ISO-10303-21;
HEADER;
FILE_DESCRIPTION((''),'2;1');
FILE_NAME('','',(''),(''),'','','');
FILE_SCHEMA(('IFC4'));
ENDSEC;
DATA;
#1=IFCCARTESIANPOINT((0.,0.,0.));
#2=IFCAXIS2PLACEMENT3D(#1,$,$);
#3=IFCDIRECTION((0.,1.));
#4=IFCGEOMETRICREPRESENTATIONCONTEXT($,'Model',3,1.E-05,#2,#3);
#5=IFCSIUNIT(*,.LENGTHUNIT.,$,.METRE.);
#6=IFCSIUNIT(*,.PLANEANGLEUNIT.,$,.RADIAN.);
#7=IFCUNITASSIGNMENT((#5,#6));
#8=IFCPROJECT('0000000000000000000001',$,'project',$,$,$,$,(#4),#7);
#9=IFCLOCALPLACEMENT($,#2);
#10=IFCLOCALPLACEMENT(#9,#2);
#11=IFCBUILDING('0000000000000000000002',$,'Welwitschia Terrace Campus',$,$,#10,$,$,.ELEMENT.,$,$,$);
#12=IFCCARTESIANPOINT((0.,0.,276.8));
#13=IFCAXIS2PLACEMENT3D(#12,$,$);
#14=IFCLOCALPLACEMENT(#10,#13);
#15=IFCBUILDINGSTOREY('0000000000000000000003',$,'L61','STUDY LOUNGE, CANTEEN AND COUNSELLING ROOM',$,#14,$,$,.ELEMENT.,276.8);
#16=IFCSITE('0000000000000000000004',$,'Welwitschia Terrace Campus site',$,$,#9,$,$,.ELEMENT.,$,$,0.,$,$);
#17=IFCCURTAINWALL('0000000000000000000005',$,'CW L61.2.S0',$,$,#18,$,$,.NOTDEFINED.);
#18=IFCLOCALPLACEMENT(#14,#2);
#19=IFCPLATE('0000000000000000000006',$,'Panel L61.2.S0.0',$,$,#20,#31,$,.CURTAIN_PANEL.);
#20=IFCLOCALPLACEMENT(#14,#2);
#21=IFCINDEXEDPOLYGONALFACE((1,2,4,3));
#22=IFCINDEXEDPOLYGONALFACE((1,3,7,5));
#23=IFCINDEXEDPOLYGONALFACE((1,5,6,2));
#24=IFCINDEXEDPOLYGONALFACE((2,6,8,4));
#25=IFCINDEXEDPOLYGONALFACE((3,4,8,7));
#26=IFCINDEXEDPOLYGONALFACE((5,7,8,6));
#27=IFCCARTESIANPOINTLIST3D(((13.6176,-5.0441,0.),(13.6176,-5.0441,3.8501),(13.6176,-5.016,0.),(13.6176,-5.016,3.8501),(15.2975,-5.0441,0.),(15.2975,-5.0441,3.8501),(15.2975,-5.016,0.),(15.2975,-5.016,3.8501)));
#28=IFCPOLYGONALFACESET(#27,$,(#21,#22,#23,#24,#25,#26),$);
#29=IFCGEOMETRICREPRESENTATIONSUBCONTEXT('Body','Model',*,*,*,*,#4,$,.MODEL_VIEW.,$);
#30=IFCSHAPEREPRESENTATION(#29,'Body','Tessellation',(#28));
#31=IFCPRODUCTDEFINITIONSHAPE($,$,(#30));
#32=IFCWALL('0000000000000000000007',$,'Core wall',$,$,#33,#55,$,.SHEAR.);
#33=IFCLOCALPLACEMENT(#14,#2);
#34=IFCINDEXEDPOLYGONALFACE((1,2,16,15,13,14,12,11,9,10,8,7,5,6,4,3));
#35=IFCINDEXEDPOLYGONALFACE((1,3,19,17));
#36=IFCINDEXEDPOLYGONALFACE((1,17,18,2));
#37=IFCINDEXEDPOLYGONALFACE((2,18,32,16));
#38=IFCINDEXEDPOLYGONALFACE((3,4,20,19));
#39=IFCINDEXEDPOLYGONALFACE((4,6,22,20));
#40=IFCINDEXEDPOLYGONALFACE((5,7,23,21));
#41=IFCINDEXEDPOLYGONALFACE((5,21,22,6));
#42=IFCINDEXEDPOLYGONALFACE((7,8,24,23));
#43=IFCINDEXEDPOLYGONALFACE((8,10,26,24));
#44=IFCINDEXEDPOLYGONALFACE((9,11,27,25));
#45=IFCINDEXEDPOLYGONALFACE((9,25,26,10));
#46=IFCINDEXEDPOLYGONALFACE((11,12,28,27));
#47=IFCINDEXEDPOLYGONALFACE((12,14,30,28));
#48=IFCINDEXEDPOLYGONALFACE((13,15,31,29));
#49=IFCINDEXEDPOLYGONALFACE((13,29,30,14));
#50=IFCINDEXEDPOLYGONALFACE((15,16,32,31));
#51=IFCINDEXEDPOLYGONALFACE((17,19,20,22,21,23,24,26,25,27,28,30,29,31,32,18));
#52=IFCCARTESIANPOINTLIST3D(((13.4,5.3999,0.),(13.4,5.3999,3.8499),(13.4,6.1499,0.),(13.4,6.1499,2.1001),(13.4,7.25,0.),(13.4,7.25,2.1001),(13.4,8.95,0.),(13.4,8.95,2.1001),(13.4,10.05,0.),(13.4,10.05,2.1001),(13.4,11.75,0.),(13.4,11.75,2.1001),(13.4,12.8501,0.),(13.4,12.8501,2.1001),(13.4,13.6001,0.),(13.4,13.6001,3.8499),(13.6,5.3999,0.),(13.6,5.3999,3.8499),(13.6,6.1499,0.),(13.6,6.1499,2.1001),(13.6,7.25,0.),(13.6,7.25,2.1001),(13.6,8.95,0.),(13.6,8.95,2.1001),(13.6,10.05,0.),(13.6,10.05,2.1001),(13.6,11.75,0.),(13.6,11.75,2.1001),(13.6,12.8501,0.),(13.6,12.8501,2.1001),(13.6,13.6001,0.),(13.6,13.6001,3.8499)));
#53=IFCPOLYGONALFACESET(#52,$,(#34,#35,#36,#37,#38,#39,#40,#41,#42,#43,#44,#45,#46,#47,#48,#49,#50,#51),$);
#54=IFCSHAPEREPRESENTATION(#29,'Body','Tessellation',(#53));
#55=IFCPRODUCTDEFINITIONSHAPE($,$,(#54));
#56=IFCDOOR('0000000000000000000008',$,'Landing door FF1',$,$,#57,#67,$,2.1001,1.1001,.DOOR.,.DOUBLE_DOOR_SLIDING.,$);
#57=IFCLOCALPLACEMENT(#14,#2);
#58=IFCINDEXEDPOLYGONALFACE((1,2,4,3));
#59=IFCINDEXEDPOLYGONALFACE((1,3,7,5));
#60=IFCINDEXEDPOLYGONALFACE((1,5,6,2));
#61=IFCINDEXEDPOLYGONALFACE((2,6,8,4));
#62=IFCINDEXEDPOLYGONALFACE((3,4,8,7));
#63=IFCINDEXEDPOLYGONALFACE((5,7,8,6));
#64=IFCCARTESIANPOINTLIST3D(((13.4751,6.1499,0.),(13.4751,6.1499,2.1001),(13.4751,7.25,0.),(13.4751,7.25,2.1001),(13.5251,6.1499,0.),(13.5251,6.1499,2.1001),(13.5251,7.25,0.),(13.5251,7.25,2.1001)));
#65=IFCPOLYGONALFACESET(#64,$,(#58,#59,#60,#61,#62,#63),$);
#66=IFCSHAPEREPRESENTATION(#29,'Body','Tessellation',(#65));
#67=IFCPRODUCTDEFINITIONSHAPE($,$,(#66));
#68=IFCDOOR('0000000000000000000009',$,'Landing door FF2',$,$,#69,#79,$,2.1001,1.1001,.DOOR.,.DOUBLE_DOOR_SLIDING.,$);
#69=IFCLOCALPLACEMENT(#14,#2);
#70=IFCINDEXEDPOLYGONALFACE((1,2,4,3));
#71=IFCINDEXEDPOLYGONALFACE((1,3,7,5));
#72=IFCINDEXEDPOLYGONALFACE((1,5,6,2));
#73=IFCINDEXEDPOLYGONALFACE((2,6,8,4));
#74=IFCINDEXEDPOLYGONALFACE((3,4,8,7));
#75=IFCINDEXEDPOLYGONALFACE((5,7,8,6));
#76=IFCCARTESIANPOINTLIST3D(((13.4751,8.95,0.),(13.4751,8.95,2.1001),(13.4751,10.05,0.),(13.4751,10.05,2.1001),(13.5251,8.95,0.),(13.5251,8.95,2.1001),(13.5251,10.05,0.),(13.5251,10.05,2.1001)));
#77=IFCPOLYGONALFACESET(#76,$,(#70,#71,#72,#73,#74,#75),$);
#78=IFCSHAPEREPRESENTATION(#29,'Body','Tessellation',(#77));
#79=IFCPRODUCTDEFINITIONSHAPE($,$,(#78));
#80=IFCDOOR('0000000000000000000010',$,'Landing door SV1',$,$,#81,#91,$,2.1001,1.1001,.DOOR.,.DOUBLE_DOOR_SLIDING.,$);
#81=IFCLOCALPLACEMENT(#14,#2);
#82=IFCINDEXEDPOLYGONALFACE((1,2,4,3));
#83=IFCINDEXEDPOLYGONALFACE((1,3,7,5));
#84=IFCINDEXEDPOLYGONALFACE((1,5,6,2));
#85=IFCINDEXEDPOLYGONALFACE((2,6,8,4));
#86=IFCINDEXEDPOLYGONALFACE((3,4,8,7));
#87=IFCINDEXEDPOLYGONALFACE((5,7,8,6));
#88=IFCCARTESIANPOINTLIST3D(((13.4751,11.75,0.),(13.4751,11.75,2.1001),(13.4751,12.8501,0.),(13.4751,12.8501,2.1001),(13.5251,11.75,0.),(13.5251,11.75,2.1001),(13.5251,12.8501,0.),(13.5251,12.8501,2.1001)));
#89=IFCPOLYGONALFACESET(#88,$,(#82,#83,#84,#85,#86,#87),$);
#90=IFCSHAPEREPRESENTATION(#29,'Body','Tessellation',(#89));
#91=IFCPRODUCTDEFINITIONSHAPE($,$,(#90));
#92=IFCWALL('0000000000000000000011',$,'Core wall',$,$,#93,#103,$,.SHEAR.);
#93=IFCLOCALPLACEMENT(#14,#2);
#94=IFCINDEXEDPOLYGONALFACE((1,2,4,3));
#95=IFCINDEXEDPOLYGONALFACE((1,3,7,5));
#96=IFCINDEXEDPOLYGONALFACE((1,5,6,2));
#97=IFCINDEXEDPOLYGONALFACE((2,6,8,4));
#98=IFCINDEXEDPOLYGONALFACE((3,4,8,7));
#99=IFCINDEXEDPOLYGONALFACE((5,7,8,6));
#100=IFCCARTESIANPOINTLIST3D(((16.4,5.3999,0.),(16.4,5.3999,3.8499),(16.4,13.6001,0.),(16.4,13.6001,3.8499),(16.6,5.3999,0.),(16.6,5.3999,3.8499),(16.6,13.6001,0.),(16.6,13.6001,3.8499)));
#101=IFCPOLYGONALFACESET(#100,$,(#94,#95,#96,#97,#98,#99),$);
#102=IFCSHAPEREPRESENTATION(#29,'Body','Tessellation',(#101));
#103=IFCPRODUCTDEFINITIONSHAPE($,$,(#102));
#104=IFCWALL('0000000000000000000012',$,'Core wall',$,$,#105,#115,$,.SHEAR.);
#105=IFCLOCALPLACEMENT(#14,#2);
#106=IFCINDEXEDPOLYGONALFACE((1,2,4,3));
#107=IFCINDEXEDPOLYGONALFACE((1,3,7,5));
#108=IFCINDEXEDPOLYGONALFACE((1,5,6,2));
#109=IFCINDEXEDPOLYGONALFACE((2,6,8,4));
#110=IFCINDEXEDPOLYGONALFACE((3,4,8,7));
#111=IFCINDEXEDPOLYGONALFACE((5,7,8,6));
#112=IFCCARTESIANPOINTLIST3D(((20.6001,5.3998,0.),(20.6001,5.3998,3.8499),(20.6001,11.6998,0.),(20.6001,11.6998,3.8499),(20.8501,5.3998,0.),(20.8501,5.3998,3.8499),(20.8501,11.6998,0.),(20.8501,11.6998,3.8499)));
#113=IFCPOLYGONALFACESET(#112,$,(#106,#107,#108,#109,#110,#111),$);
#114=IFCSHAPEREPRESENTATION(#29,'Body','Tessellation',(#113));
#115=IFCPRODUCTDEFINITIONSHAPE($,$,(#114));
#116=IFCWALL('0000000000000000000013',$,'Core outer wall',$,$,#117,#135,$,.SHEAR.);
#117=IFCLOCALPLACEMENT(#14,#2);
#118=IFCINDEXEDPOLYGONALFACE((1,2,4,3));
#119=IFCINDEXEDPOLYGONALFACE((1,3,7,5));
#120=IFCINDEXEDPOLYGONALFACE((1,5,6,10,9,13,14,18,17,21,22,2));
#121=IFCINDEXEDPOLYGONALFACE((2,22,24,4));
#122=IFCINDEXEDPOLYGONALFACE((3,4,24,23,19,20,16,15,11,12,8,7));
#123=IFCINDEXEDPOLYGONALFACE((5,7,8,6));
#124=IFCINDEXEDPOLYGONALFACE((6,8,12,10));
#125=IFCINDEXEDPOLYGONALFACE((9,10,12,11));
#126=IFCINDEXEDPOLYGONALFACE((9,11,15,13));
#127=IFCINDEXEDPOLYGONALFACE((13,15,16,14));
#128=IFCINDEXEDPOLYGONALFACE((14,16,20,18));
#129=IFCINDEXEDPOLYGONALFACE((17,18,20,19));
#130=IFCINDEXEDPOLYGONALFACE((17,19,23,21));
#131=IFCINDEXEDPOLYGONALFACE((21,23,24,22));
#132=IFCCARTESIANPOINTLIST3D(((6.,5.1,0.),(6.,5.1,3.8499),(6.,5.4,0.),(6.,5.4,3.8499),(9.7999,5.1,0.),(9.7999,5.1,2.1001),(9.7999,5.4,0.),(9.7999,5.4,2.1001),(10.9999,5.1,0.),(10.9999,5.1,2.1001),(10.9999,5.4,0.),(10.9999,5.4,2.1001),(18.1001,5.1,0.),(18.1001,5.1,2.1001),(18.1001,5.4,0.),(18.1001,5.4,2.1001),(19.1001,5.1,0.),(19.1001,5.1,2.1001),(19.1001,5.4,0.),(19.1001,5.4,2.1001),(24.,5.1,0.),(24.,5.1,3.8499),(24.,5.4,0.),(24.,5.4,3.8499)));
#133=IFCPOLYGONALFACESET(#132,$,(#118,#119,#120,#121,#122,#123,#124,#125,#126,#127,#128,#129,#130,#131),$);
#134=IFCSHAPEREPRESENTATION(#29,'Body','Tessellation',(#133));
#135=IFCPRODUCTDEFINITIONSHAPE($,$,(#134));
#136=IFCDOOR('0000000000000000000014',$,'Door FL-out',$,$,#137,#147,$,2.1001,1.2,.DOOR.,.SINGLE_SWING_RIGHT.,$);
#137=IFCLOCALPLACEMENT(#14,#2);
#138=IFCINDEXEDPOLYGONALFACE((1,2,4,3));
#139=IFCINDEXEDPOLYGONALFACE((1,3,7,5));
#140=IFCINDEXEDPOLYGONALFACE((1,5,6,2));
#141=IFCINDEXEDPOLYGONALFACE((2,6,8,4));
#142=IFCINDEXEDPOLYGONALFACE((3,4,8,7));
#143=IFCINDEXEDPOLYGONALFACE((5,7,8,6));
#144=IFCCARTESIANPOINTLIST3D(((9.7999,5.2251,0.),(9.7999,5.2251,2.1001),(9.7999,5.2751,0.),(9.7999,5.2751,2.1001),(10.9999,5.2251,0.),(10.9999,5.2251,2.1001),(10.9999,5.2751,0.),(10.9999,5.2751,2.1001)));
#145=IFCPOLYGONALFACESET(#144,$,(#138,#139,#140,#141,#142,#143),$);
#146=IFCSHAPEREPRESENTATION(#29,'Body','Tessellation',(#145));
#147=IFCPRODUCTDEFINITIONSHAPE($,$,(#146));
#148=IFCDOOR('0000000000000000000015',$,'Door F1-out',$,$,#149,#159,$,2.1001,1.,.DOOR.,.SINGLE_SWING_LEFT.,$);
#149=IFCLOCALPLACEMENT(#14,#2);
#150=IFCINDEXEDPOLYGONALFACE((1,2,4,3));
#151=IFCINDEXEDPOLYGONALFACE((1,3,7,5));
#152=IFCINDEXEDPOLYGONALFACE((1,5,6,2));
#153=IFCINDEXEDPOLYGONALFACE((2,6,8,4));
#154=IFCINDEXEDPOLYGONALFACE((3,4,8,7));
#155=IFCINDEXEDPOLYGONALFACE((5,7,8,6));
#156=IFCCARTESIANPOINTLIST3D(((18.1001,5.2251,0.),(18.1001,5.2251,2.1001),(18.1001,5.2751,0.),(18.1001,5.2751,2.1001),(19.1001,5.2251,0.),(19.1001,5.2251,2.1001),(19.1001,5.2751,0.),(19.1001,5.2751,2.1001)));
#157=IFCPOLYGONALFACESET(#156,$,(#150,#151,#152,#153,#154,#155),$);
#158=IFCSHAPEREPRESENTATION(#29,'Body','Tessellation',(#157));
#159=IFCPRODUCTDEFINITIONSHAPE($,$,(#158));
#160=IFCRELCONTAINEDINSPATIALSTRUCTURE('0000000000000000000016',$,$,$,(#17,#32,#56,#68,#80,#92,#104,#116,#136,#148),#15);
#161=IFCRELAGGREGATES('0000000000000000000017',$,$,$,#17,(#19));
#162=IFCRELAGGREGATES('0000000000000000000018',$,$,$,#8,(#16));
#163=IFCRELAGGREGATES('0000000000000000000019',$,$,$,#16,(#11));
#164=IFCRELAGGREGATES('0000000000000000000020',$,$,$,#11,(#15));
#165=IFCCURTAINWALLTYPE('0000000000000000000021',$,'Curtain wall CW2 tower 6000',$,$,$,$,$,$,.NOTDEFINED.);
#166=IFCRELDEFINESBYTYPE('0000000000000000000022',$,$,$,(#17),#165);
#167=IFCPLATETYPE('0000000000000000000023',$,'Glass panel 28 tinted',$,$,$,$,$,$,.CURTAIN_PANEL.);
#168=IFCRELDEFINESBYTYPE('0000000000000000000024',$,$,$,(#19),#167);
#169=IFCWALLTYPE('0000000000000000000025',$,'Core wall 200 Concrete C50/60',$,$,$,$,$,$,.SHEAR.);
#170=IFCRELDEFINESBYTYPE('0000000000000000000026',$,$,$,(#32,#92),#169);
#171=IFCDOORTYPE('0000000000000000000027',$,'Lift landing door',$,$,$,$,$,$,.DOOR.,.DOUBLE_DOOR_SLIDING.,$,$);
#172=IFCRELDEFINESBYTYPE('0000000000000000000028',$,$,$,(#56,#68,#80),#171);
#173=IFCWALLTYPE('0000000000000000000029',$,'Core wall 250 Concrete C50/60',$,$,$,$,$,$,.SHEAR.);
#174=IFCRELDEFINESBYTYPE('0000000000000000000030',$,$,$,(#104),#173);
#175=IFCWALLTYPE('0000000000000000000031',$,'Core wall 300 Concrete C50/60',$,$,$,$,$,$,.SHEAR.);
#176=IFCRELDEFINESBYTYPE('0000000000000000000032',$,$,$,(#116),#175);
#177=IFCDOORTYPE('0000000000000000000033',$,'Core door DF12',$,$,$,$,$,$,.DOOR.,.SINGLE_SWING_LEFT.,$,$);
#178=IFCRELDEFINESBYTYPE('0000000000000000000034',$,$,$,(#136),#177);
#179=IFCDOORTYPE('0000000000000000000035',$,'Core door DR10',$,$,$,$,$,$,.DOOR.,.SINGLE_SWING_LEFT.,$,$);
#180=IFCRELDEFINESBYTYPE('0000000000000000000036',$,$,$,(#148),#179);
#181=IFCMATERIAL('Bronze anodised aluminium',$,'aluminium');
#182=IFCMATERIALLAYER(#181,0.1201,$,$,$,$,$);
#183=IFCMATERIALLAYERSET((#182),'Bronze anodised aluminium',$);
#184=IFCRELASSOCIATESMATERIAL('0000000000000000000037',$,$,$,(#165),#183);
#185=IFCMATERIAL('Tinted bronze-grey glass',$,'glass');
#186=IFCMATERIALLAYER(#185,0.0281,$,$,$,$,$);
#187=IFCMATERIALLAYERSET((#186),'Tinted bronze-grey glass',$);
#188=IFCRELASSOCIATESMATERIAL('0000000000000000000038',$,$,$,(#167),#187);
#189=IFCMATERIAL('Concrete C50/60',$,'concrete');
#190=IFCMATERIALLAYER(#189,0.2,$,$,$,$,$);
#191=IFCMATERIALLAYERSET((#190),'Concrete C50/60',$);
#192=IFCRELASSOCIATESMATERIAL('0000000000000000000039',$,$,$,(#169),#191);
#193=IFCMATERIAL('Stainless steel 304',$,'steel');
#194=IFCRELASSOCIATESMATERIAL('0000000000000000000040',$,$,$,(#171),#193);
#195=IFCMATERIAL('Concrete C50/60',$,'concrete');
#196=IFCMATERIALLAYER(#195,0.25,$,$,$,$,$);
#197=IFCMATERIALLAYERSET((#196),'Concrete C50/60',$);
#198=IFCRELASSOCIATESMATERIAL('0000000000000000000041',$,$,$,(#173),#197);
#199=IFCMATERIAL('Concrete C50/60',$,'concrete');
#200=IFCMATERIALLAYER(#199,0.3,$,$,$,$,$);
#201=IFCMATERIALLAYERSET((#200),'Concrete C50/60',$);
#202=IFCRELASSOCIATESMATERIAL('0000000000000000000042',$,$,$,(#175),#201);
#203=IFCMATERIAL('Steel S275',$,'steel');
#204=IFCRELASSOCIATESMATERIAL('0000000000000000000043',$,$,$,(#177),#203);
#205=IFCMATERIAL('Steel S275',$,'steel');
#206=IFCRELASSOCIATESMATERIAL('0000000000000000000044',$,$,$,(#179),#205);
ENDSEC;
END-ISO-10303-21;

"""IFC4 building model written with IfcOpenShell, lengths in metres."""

from ifc_helpers import new_model, si_unit, direction, frame, frame_2d, origin, origin_2d, place, context, subcontext, project, spatial, rectangle, extrude, material, layer, layer_set, type_object, element, fill, aggregate, save


model = new_model("IFC4")

# Units and contexts
model_context = context("Model", 3, precision=1e-05, world=origin(), true_north=direction((0.0, 1.0)))
body_context = subcontext(model_context, "Body", "Model", "MODEL_VIEW")
ifc_project = project(units=[si_unit("LENGTHUNIT", "METRE"), si_unit("PLANEANGLEUNIT", "RADIAN")], contexts=[model_context])

# Site, building, storey
site_placement = place(None, origin())
site = spatial("IfcSite", under=ifc_project, at=site_placement, Name="Welwitschia Terrace Campus site", CompositionType="ELEMENT", RefElevation=0.0)
building_placement = place(site_placement, origin())
building = spatial("IfcBuilding", under=site, at=building_placement, Name="Welwitschia Terrace Campus", CompositionType="ELEMENT")
storey_placement = place(building_placement, frame((0.0, 0.0, 276.8)))
storey = spatial("IfcBuildingStorey", under=building, at=storey_placement, Name="L61", Description="STUDY LOUNGE, CANTEEN AND COUNSELLING ROOM", CompositionType="ELEMENT", Elevation=276.8)

# Curtain wall
ifc_material_1 = material(Name="Bronze anodised aluminium", Category="aluminium")
ifc_layer_1 = layer(ifc_material_1, 0.1201)
ifc_layer_set_1 = layer_set([ifc_layer_1], Name="Bronze anodised aluminium")
curtain_wall_type = type_object("IfcCurtainWallType", Name="Curtain wall CW2 tower 6000", PredefinedType="NOTDEFINED", material=ifc_layer_set_1)
curtain_wall_placement = place(storey_placement, origin())
curtain_wall = element("IfcCurtainWall", 1, at=curtain_wall_placement, inside=storey, type_object=curtain_wall_type, Name="CW L61.2.S0", PredefinedType="NOTDEFINED")

# Plate
ifc_material_2 = material(Name="Tinted bronze-grey glass", Category="glass")
ifc_layer_2 = layer(ifc_material_2, 0.0281)
ifc_layer_set_2 = layer_set([ifc_layer_2], Name="Tinted bronze-grey glass")
plate_type = type_object("IfcPlateType", Name="Glass panel 28 tinted", PredefinedType="CURTAIN_PANEL", material=ifc_layer_set_2)
plate_placement = place(storey_placement, frame((14.4575, -5.03, 0.0), z_axis=(0.0, 0.0, 1.0), x_axis=(1.0, 0.0, 0.0)))
plate = element("IfcPlate", 2, at=plate_placement, type_object=plate_type, Name="Panel L61.2.S0.0", PredefinedType="CURTAIN_PANEL", context=body_context, shape_type="SweptSolid", body=[
    extrude(rectangle(XDim=1.6799, YDim=0.0281, at=origin_2d()), origin(), (0.0, 0.0, 1.0), 3.8501),
])
aggregate(curtain_wall, [plate])

# Wall, openings, doors
ifc_material_3 = material(Name="Concrete C50/60", Category="concrete")
ifc_layer_3 = layer(ifc_material_3, 0.2)
ifc_layer_set_3 = layer_set([ifc_layer_3], Name="Concrete C50/60")
wall_type_1 = type_object("IfcWallType", Name="Core wall 200 Concrete C50/60", PredefinedType="SHEAR", material=ifc_layer_set_3)
wall_1_placement = place(storey_placement, frame((13.5, 5.3999, 0.0), z_axis=(0.0, 0.0, 1.0), x_axis=(0.0, 1.0, 0.0)))
wall_1 = element("IfcWall", 3, at=wall_1_placement, inside=storey, type_object=wall_type_1, Name="Core wall", PredefinedType="SHEAR", context=body_context, shape_type="SweptSolid", body=[
    extrude(rectangle(XDim=8.2002, YDim=0.2, at=frame_2d((4.1001, 0.0))), origin(), (0.0, 0.0, 1.0), 3.8499),
])
opening_1_placement = place(wall_1_placement, frame((0.75, 0.0, 0.0)))
opening_1 = element("IfcOpeningElement", 4, at=opening_1_placement, cuts=wall_1, PredefinedType="OPENING", context=body_context, shape_type="SweptSolid", body=[
    extrude(rectangle(XDim=1.1001, YDim=2.1001, at=frame_2d((0.55, 1.05))), frame((0.0, 0.1099, 0.0), z_axis=(0.0, -1.0, 0.0), x_axis=(1.0, 0.0, 0.0)), (0.0, 0.0, 1.0), 0.22),
])
opening_2_placement = place(wall_1_placement, frame((3.55, 0.0, 0.0)))
opening_2 = element("IfcOpeningElement", 5, at=opening_2_placement, cuts=wall_1, PredefinedType="OPENING", context=body_context, shape_type="SweptSolid", body=[
    extrude(rectangle(XDim=1.1001, YDim=2.1001, at=frame_2d((0.55, 1.05))), frame((0.0, 0.1099, 0.0), z_axis=(0.0, -1.0, 0.0), x_axis=(1.0, 0.0, 0.0)), (0.0, 0.0, 1.0), 0.22),
])
opening_3_placement = place(wall_1_placement, frame((6.3501, 0.0, 0.0)))
opening_3 = element("IfcOpeningElement", 6, at=opening_3_placement, cuts=wall_1, PredefinedType="OPENING", context=body_context, shape_type="SweptSolid", body=[
    extrude(rectangle(XDim=1.1001, YDim=2.1001, at=frame_2d((0.55, 1.05))), frame((0.0, 0.1099, 0.0), z_axis=(0.0, -1.0, 0.0), x_axis=(1.0, 0.0, 0.0)), (0.0, 0.0, 1.0), 0.22),
])
ifc_material_4 = material(Name="Stainless steel 304", Category="steel")
door_type_1 = type_object("IfcDoorType", Name="Lift landing door", OperationType="DOUBLE_DOOR_SLIDING", PredefinedType="DOOR", material=ifc_material_4)
door_1_placement = place(opening_1_placement, origin())
door_1 = element("IfcDoor", 7, at=door_1_placement, inside=storey, type_object=door_type_1, Name="Landing door FF1", OperationType="DOUBLE_DOOR_SLIDING", OverallHeight=2.1001, OverallWidth=1.1001, PredefinedType="DOOR", context=body_context, shape_type="SweptSolid", body=[
    extrude(rectangle(XDim=1.1001, YDim=2.1001, at=frame_2d((0.55, 1.05))), frame((0.0, 0.0249, 0.0), z_axis=(0.0, -1.0, 0.0), x_axis=(1.0, 0.0, 0.0)), (0.0, 0.0, 1.0), 0.05),
])
fill(opening_1, door_1)
door_2_placement = place(opening_2_placement, origin())
door_2 = element("IfcDoor", 8, at=door_2_placement, inside=storey, type_object=door_type_1, Name="Landing door FF2", OperationType="DOUBLE_DOOR_SLIDING", OverallHeight=2.1001, OverallWidth=1.1001, PredefinedType="DOOR", context=body_context, shape_type="SweptSolid", body=[
    extrude(rectangle(XDim=1.1001, YDim=2.1001, at=frame_2d((0.55, 1.05))), frame((0.0, 0.0249, 0.0), z_axis=(0.0, -1.0, 0.0), x_axis=(1.0, 0.0, 0.0)), (0.0, 0.0, 1.0), 0.05),
])
fill(opening_2, door_2)
door_3_placement = place(opening_3_placement, origin())
door_3 = element("IfcDoor", 9, at=door_3_placement, inside=storey, type_object=door_type_1, Name="Landing door SV1", OperationType="DOUBLE_DOOR_SLIDING", OverallHeight=2.1001, OverallWidth=1.1001, PredefinedType="DOOR", context=body_context, shape_type="SweptSolid", body=[
    extrude(rectangle(XDim=1.1001, YDim=2.1001, at=frame_2d((0.55, 1.05))), frame((0.0, 0.0249, 0.0), z_axis=(0.0, -1.0, 0.0), x_axis=(1.0, 0.0, 0.0)), (0.0, 0.0, 1.0), 0.05),
])
fill(opening_3, door_3)

# Walls
wall_2_placement = place(storey_placement, frame((16.5, 5.3999, 0.0), z_axis=(0.0, 0.0, 1.0), x_axis=(0.0, 1.0, 0.0)))
element("IfcWall", 10, at=wall_2_placement, inside=storey, type_object=wall_type_1, Name="Core wall", PredefinedType="SHEAR", context=body_context, shape_type="SweptSolid", body=[
    extrude(rectangle(XDim=8.2002, YDim=0.2, at=frame_2d((4.1001, 0.0))), origin(), (0.0, 0.0, 1.0), 3.8499),
])
ifc_material_5 = material(Name="Concrete C50/60", Category="concrete")
ifc_layer_4 = layer(ifc_material_5, 0.25)
ifc_layer_set_4 = layer_set([ifc_layer_4], Name="Concrete C50/60")
wall_type_2 = type_object("IfcWallType", Name="Core wall 250 Concrete C50/60", PredefinedType="SHEAR", material=ifc_layer_set_4)
wall_3_placement = place(storey_placement, frame((20.7251, 5.3999, 0.0), z_axis=(0.0, 0.0, 1.0), x_axis=(0.0, 1.0, 0.0)))
element("IfcWall", 11, at=wall_3_placement, inside=storey, type_object=wall_type_2, Name="Core wall", PredefinedType="SHEAR", context=body_context, shape_type="SweptSolid", body=[
    extrude(rectangle(XDim=6.3, YDim=0.25, at=frame_2d((3.1499, 0.0))), origin(), (0.0, 0.0, 1.0), 3.8499),
])

# Wall, openings, doors
ifc_material_6 = material(Name="Concrete C50/60", Category="concrete")
ifc_layer_5 = layer(ifc_material_6, 0.3)
ifc_layer_set_5 = layer_set([ifc_layer_5], Name="Concrete C50/60")
wall_type_3 = type_object("IfcWallType", Name="Core wall 300 Concrete C50/60", PredefinedType="SHEAR", material=ifc_layer_set_5)
wall_4_placement = place(storey_placement, frame((24.0, 5.25, 0.0), z_axis=(0.0, 0.0, 1.0), x_axis=(-1.0, 0.0, 0.0)))
wall_4 = element("IfcWall", 12, at=wall_4_placement, inside=storey, type_object=wall_type_3, Name="Core outer wall", PredefinedType="SHEAR", context=body_context, shape_type="SweptSolid", body=[
    extrude(rectangle(XDim=18.0, YDim=0.3, at=frame_2d((9.0, 0.0))), origin(), (0.0, 0.0, 1.0), 3.8499),
])
opening_4_placement = place(wall_4_placement, frame((13.0, 0.0, 0.0)))
opening_4 = element("IfcOpeningElement", 13, at=opening_4_placement, cuts=wall_4, PredefinedType="OPENING", context=body_context, shape_type="SweptSolid", body=[
    extrude(rectangle(XDim=1.2, YDim=2.1001, at=frame_2d((0.6001, 1.05))), frame((0.0, 0.1599, 0.0), z_axis=(0.0, -1.0, 0.0), x_axis=(1.0, 0.0, 0.0)), (0.0, 0.0, 1.0), 0.3201),
])
opening_5_placement = place(wall_4_placement, frame((4.8999, 0.0, 0.0)))
opening_5 = element("IfcOpeningElement", 14, at=opening_5_placement, cuts=wall_4, PredefinedType="OPENING", context=body_context, shape_type="SweptSolid", body=[
    extrude(rectangle(XDim=1.0, YDim=2.1001, at=frame_2d((0.5, 1.05))), frame((0.0, 0.1599, 0.0), z_axis=(0.0, -1.0, 0.0), x_axis=(1.0, 0.0, 0.0)), (0.0, 0.0, 1.0), 0.3201),
])
ifc_material_7 = material(Name="Steel S275", Category="steel")
door_type_2 = type_object("IfcDoorType", Name="Core door DF12", OperationType="SINGLE_SWING_LEFT", PredefinedType="DOOR", material=ifc_material_7)
door_4_placement = place(opening_4_placement, origin())
door_4 = element("IfcDoor", 15, at=door_4_placement, inside=storey, type_object=door_type_2, Name="Door FL-out", OperationType="SINGLE_SWING_RIGHT", OverallHeight=2.1001, OverallWidth=1.2, PredefinedType="DOOR", context=body_context, shape_type="SweptSolid", body=[
    extrude(rectangle(XDim=1.2, YDim=2.1001, at=frame_2d((0.6001, 1.05))), frame((0.0, 0.0249, 0.0), z_axis=(0.0, -1.0, 0.0), x_axis=(1.0, 0.0, 0.0)), (0.0, 0.0, 1.0), 0.05),
])
fill(opening_4, door_4)
ifc_material_8 = material(Name="Steel S275", Category="steel")
door_type_3 = type_object("IfcDoorType", Name="Core door DR10", OperationType="SINGLE_SWING_LEFT", PredefinedType="DOOR", material=ifc_material_8)
door_5_placement = place(opening_5_placement, origin())
door_5 = element("IfcDoor", 16, at=door_5_placement, inside=storey, type_object=door_type_3, Name="Door F1-out", OperationType="SINGLE_SWING_LEFT", OverallHeight=2.1001, OverallWidth=1.0, PredefinedType="DOOR", context=body_context, shape_type="SweptSolid", body=[
    extrude(rectangle(XDim=1.0, YDim=2.1001, at=frame_2d((0.5, 1.05))), frame((0.0, 0.0249, 0.0), z_axis=(0.0, -1.0, 0.0), x_axis=(1.0, 0.0, 0.0)), (0.0, 0.0, 1.0), 0.05),
])
fill(opening_5, door_5)

save(model, "model.ifc")
